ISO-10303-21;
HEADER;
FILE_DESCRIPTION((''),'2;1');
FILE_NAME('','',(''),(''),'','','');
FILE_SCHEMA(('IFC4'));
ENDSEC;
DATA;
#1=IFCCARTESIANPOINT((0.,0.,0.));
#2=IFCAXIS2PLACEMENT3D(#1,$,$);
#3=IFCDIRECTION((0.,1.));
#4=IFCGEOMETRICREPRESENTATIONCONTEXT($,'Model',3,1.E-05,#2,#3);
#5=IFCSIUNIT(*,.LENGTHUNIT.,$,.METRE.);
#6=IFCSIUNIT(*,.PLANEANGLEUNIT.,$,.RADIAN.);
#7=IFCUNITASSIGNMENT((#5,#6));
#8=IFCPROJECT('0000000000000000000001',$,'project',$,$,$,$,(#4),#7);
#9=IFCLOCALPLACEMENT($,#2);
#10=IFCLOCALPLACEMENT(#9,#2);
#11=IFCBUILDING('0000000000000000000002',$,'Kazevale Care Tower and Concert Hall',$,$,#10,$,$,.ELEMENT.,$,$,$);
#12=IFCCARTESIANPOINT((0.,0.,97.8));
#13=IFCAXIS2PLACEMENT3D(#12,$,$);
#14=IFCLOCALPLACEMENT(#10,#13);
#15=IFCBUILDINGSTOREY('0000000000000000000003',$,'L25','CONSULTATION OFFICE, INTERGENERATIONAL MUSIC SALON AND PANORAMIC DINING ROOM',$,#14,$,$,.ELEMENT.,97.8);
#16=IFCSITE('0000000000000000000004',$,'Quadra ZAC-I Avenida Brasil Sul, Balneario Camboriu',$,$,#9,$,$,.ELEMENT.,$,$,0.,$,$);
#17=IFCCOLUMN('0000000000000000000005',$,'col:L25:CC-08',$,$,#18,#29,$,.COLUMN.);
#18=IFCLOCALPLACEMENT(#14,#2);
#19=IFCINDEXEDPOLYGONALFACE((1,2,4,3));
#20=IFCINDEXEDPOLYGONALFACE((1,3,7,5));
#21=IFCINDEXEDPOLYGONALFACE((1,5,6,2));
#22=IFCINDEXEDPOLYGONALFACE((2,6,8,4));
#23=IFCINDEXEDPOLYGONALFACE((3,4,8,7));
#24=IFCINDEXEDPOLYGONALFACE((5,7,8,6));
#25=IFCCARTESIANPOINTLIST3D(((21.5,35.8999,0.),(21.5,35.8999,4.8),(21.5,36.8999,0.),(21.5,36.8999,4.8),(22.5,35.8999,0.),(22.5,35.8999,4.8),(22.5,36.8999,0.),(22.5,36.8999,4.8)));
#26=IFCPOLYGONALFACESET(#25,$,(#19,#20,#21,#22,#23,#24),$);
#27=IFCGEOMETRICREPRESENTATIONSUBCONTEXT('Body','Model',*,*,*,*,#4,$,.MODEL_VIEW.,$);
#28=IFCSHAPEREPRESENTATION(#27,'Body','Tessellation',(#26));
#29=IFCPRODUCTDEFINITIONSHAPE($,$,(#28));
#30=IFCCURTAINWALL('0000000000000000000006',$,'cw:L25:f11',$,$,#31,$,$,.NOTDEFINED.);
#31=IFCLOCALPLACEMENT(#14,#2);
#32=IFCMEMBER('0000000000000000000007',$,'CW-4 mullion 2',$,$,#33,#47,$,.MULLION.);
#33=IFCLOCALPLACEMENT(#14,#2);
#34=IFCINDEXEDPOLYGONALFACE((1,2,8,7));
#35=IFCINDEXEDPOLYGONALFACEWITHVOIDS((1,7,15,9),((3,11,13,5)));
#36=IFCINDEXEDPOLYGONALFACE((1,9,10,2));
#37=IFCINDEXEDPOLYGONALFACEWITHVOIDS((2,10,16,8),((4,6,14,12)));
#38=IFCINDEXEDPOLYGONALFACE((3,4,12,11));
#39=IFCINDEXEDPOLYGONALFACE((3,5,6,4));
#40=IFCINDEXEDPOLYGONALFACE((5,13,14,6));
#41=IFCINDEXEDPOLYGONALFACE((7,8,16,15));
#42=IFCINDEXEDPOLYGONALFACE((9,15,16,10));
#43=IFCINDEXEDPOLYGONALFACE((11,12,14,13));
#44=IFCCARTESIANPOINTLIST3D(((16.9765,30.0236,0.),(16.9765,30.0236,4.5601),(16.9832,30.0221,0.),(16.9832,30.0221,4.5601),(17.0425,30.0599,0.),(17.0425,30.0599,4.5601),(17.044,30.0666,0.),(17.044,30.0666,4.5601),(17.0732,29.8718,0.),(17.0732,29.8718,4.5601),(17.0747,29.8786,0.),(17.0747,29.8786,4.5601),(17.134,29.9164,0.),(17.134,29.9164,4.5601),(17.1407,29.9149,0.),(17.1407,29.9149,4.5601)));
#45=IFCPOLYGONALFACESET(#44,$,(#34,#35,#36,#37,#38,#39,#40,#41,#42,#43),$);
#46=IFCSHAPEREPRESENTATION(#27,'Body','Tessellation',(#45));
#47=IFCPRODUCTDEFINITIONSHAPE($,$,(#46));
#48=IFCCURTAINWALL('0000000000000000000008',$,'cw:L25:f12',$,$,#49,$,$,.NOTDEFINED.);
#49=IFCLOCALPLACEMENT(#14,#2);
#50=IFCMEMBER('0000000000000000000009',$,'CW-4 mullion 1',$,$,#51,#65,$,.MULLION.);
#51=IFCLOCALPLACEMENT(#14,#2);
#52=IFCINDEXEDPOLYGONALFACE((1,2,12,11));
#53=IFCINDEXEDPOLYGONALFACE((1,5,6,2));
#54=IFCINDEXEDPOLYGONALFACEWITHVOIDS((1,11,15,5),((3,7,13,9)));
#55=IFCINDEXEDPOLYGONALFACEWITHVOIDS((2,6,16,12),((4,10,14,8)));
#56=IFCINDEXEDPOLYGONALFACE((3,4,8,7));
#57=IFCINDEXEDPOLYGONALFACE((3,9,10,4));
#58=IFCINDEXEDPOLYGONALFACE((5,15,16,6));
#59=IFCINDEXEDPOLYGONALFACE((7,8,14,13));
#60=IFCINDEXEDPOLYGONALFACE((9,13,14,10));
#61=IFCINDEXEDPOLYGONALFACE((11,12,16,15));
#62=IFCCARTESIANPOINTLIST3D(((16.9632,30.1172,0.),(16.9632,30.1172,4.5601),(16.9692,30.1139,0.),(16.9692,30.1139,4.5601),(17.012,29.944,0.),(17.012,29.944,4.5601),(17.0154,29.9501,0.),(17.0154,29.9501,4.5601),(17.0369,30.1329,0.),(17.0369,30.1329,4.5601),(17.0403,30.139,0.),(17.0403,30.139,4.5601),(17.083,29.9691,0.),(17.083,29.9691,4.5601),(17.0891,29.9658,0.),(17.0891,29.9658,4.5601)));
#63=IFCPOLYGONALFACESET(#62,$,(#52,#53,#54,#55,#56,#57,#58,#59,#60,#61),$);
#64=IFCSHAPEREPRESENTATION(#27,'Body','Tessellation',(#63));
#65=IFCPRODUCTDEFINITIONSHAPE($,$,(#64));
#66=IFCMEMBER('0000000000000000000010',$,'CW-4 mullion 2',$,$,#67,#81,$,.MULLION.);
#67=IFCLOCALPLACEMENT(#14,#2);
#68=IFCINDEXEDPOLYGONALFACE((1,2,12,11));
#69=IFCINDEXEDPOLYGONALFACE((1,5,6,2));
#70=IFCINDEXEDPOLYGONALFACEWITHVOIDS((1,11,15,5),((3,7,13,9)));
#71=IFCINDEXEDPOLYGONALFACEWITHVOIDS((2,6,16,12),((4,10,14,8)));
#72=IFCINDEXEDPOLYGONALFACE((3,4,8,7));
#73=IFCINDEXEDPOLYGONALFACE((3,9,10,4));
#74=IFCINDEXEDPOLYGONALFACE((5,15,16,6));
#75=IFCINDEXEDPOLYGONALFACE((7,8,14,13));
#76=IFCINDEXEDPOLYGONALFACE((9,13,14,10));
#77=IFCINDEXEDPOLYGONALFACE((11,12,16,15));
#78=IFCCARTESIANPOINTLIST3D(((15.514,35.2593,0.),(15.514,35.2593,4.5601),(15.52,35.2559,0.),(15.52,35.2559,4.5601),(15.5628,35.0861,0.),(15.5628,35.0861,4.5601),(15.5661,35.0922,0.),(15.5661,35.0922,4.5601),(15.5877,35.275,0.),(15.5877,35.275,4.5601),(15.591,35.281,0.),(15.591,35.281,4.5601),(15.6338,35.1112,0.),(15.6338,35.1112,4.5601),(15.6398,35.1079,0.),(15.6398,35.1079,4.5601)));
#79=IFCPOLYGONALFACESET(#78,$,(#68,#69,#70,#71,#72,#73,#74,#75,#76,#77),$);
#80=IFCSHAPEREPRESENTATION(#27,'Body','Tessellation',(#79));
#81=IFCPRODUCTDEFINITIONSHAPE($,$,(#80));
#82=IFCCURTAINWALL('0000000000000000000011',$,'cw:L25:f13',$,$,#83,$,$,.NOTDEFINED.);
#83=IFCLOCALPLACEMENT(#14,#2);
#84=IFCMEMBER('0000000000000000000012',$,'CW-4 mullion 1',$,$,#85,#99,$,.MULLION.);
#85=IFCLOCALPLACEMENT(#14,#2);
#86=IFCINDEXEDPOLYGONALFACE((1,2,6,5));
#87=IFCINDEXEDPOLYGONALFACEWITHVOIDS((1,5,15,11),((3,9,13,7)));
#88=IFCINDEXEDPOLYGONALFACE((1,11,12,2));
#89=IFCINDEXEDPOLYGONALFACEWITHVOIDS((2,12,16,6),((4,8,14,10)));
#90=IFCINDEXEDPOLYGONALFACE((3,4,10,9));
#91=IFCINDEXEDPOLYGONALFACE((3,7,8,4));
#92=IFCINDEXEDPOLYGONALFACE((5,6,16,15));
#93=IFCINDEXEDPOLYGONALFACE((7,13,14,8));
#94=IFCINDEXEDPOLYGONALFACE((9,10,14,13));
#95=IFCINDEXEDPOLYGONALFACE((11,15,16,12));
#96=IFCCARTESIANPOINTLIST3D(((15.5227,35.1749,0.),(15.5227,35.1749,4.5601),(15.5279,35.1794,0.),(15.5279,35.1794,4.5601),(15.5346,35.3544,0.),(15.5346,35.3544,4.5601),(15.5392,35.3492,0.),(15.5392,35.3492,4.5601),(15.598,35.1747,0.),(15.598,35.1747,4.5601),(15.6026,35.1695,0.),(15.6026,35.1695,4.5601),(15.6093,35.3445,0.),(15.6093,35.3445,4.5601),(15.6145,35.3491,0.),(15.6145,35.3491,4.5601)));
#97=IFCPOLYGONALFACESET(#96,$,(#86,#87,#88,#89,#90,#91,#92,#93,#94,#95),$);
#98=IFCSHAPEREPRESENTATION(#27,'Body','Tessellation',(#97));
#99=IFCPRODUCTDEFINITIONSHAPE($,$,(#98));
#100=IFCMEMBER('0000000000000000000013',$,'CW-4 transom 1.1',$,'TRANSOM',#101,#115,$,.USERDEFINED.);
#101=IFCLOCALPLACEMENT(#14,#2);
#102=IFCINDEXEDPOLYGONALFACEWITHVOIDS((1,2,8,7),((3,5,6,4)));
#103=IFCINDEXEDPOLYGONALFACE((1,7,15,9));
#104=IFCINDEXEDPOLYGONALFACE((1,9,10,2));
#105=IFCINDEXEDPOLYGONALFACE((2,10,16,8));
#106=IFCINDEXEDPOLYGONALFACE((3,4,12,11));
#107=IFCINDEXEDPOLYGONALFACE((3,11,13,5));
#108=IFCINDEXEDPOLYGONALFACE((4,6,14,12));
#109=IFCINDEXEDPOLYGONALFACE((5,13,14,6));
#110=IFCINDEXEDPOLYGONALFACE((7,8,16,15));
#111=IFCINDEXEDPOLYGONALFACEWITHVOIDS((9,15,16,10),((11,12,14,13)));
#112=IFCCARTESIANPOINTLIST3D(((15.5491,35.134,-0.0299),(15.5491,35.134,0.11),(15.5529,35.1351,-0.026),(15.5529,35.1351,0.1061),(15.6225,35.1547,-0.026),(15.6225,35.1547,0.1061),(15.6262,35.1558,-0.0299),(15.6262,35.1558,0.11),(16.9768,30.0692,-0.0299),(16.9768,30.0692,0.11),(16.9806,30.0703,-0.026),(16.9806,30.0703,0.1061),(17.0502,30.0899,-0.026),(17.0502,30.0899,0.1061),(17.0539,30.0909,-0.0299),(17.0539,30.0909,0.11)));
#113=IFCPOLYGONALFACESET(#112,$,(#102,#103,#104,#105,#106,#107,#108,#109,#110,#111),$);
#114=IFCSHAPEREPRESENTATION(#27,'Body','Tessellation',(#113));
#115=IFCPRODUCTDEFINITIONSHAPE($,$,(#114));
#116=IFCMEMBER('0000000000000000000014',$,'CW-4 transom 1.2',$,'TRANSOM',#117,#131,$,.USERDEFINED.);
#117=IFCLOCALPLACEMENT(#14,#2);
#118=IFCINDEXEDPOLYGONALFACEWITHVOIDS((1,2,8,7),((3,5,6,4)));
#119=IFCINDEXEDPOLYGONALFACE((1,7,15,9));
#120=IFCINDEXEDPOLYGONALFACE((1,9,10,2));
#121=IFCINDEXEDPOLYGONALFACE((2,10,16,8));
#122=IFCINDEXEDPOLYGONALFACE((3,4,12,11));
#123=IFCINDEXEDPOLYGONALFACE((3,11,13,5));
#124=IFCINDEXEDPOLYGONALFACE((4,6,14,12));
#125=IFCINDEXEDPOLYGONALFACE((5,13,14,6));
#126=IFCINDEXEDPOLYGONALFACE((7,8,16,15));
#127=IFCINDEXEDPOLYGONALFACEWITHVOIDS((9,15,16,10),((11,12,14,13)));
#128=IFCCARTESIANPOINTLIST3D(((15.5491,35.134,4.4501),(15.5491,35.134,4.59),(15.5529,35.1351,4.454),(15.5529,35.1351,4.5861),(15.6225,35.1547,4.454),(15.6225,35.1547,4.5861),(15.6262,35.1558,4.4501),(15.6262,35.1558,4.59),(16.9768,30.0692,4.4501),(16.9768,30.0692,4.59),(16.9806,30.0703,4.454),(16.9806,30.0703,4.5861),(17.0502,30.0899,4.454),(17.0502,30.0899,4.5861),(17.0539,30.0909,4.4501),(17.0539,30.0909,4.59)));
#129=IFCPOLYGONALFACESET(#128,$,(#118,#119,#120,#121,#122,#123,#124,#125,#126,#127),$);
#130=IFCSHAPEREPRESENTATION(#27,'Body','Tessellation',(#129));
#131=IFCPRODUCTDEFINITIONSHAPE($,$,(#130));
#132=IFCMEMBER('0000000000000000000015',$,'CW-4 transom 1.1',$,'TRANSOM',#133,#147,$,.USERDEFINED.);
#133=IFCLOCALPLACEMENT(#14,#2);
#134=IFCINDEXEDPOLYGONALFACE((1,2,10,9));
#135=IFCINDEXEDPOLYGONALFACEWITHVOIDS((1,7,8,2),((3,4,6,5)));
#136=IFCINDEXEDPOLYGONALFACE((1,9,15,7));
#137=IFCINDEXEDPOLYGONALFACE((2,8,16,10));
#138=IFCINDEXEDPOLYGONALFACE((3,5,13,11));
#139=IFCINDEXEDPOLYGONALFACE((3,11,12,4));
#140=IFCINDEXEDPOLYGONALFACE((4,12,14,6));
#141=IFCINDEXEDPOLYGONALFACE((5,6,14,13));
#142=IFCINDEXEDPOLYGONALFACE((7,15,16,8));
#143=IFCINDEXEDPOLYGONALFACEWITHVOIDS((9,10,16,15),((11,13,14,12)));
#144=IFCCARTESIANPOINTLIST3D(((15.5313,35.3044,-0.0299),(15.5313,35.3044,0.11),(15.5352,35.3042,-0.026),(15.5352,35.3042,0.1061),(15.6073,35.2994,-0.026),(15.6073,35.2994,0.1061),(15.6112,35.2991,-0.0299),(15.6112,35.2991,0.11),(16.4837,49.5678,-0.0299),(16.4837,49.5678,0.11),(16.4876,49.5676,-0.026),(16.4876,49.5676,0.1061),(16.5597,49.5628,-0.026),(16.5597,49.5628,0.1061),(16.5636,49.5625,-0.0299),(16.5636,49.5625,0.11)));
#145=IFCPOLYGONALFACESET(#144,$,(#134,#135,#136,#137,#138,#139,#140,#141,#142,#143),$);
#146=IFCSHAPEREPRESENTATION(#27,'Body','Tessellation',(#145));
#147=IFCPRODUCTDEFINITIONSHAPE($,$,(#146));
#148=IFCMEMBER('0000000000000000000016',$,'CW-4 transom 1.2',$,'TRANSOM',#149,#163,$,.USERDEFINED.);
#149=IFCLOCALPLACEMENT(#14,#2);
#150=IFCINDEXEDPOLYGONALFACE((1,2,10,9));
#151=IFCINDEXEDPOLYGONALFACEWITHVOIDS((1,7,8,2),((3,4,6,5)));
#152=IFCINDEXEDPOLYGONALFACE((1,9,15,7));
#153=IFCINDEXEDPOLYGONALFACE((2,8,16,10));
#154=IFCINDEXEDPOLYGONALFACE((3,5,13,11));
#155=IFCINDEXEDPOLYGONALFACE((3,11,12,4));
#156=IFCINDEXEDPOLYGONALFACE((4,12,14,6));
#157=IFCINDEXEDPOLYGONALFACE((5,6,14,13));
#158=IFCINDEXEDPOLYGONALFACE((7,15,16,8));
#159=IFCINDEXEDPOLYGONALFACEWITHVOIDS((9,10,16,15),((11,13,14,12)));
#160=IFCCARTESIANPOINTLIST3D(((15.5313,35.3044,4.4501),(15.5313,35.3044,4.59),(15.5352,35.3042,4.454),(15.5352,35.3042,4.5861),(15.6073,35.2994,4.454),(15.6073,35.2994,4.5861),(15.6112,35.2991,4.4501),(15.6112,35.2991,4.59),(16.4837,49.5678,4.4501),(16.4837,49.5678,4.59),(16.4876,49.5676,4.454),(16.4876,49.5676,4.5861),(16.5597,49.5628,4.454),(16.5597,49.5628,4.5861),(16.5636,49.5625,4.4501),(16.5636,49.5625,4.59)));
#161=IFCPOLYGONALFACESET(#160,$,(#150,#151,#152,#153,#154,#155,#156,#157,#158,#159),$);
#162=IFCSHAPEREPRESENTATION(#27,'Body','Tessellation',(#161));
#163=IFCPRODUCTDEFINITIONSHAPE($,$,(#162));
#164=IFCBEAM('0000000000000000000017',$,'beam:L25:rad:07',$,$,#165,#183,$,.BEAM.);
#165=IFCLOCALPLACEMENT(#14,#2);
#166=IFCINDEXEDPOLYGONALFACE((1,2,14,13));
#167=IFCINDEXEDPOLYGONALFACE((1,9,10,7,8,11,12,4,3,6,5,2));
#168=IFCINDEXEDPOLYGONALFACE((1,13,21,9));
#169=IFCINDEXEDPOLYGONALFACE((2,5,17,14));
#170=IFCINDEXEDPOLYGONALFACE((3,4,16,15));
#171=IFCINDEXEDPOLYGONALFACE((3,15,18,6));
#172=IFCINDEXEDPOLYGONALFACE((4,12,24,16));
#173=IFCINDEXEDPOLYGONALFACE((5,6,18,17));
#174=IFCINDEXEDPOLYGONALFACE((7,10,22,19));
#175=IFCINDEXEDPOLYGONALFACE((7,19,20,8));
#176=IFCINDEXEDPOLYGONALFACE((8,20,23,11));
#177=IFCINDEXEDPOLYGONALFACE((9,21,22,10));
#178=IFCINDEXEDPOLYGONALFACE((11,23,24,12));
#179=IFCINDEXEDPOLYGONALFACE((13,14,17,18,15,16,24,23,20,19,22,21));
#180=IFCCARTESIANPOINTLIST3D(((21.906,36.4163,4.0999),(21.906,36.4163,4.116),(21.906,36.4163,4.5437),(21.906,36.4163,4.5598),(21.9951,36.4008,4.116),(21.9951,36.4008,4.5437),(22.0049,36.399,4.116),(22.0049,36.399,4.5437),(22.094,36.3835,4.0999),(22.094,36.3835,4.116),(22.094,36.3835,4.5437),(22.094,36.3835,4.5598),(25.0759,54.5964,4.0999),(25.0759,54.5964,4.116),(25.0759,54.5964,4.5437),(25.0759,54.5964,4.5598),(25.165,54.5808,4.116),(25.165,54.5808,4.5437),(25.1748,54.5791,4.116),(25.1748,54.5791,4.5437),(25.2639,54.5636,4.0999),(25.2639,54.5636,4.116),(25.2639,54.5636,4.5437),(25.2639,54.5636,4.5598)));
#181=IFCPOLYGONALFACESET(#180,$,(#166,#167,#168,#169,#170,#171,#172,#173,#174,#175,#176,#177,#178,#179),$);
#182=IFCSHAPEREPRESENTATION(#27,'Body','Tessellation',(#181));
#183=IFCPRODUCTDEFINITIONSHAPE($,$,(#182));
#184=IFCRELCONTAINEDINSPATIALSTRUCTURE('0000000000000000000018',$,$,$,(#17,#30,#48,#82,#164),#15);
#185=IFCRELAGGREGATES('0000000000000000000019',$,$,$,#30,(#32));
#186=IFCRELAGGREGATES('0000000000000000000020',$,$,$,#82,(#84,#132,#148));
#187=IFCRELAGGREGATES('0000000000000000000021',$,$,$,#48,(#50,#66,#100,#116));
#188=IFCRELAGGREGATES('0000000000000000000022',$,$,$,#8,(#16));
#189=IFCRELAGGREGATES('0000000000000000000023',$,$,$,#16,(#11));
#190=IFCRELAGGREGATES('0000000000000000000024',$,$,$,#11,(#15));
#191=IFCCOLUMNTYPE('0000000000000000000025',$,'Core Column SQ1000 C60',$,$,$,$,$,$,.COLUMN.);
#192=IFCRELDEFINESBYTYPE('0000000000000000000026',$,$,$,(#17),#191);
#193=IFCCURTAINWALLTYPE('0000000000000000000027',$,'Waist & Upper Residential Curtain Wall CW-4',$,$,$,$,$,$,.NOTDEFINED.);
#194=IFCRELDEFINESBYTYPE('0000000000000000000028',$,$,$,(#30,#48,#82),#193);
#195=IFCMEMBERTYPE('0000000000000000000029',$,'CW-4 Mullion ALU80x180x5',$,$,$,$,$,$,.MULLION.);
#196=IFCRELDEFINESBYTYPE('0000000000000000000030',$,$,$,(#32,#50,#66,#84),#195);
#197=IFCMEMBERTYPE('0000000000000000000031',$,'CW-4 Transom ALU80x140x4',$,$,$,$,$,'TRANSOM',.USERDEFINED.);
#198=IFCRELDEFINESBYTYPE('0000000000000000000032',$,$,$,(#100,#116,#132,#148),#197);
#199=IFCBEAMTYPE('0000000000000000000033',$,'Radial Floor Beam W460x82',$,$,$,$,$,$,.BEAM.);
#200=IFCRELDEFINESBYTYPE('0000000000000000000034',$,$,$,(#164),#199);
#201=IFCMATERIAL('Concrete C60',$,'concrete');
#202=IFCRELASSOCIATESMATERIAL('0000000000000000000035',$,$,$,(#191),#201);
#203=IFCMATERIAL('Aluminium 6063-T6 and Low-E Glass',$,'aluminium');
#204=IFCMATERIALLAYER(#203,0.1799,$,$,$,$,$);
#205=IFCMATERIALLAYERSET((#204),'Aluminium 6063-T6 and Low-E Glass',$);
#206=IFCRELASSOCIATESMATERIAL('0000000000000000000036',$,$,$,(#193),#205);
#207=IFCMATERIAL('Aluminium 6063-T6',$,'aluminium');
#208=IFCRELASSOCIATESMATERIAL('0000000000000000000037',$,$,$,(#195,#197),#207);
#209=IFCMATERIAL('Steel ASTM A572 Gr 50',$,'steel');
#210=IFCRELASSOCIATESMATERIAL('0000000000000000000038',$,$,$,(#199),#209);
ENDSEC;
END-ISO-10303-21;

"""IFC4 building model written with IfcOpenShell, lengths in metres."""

from ifc_helpers import new_model, si_unit, direction, frame, origin, origin_2d, place, context, subcontext, project, spatial, rectangle, hollow_rectangle, i_section, extrude, material, layer, layer_set, material_profile, profile_set, type_object, element, aggregate, save


model = new_model("IFC4")

# Units and contexts
model_context = context("Model", 3, precision=1e-05, world=origin(), true_north=direction((0.0, 1.0)))
body_context = subcontext(model_context, "Body", "Model", "MODEL_VIEW")
ifc_project = project(units=[si_unit("LENGTHUNIT", "METRE"), si_unit("PLANEANGLEUNIT", "RADIAN")], contexts=[model_context])

# Site, building, storey
site_placement = place(None, origin())
site = spatial("IfcSite", under=ifc_project, at=site_placement, Name="Quadra ZAC-I Avenida Brasil Sul, Balneario Camboriu", CompositionType="ELEMENT", RefElevation=0.0)
building_placement = place(site_placement, origin())
building = spatial("IfcBuilding", under=site, at=building_placement, Name="Kazevale Care Tower and Concert Hall", CompositionType="ELEMENT")
storey_placement = place(building_placement, frame((0.0, 0.0, 97.8)))
storey = spatial("IfcBuildingStorey", under=building, at=storey_placement, Name="L25", Description="CONSULTATION OFFICE, INTERGENERATIONAL MUSIC SALON AND PANORAMIC DINING ROOM", CompositionType="ELEMENT", Elevation=97.8)

# Column
ifc_material_1 = material(Name="Concrete C60", Category="concrete")
ifc_material_profile_1 = material_profile(ifc_material_1, rectangle(XDim=1.0, YDim=1.0, at=origin_2d()), Name="RC-SQ1000")
ifc_profile_set_1 = profile_set([ifc_material_profile_1], Name="Concrete C60")
column_type = type_object("IfcColumnType", Name="Core Column SQ1000 C60", PredefinedType="COLUMN", material=ifc_profile_set_1)
column_placement = place(storey_placement, frame((22.0, 36.3999, 0.0), z_axis=(0.0, 0.0, 1.0), x_axis=(1.0, 0.0, 0.0)))
element("IfcColumn", 1, at=column_placement, inside=storey, type_object=column_type, Name="col:L25:CC-08", PredefinedType="COLUMN", context=body_context, shape_type="SweptSolid", body=[
    extrude(rectangle(XDim=1.0, YDim=1.0, at=origin_2d()), origin(), (0.0, 0.0, 1.0), 4.8),
])

# Curtain wall, member
ifc_material_2 = material(Name="Aluminium 6063-T6 and Low-E Glass", Category="aluminium")
ifc_layer_1 = layer(ifc_material_2, 0.1799)
ifc_layer_set_1 = layer_set([ifc_layer_1], Name="Aluminium 6063-T6 and Low-E Glass")
curtain_wall_type = type_object("IfcCurtainWallType", Name="Waist & Upper Residential Curtain Wall CW-4", PredefinedType="NOTDEFINED", material=ifc_layer_set_1)
curtain_wall_1_placement = place(storey_placement, origin())
curtain_wall_1 = element("IfcCurtainWall", 2, at=curtain_wall_1_placement, inside=storey, type_object=curtain_wall_type, Name="cw:L25:f11", PredefinedType="NOTDEFINED")
ifc_material_3 = material(Name="Aluminium 6063-T6", Category="aluminium")
ifc_material_profile_2 = material_profile(ifc_material_3, hollow_rectangle(XDim=0.0801, YDim=0.1799, WallThickness=0.0049, at=origin_2d()), Name="ALU80x180x5")
ifc_profile_set_2 = profile_set([ifc_material_profile_2], Name="Aluminium 6063-T6")
member_type_1 = type_object("IfcMemberType", Name="CW-4 Mullion ALU80x180x5", PredefinedType="MULLION", material=ifc_profile_set_2)
member_1_placement = place(storey_placement, frame((17.0586, 29.9692, 0.0), z_axis=(0.0, 0.0, 1.0), x_axis=(-0.84343, -0.537239, 0.0)))
member_1 = element("IfcMember", 3, at=member_1_placement, type_object=member_type_1, Name="CW-4 mullion 2", PredefinedType="MULLION", context=body_context, shape_type="SweptSolid", body=[
    extrude(hollow_rectangle(XDim=0.0801, YDim=0.1799, WallThickness=0.0049, at=origin_2d()), origin(), (0.0, 0.0, 1.0), 4.5601),
])
aggregate(curtain_wall_1, [member_1])

# Curtain wall, members
curtain_wall_2_placement = place(storey_placement, origin())
curtain_wall_2 = element("IfcCurtainWall", 4, at=curtain_wall_2_placement, inside=storey, type_object=curtain_wall_type, Name="cw:L25:f12", PredefinedType="NOTDEFINED")
member_2_placement = place(storey_placement, frame((17.0261, 30.0415, 0.0), z_axis=(0.0, 0.0, 1.0), x_axis=(-0.962499, -0.271285, 0.0)))
member_2 = element("IfcMember", 5, at=member_2_placement, type_object=member_type_1, Name="CW-4 mullion 1", PredefinedType="MULLION", context=body_context, shape_type="SweptSolid", body=[
    extrude(hollow_rectangle(XDim=0.0801, YDim=0.1799, WallThickness=0.0049, at=origin_2d()), origin(), (0.0, 0.0, 1.0), 4.5601),
])
member_3_placement = place(storey_placement, frame((15.5769, 35.1836, 0.0), z_axis=(0.0, 0.0, 1.0), x_axis=(-0.962499, -0.271285, 0.0)))
member_3 = element("IfcMember", 6, at=member_3_placement, type_object=member_type_1, Name="CW-4 mullion 2", PredefinedType="MULLION", context=body_context, shape_type="SweptSolid", body=[
    extrude(hollow_rectangle(XDim=0.0801, YDim=0.1799, WallThickness=0.0049, at=origin_2d()), origin(), (0.0, 0.0, 1.0), 4.5601),
])

# Curtain wall, member
curtain_wall_3_placement = place(storey_placement, origin())
curtain_wall_3 = element("IfcCurtainWall", 7, at=curtain_wall_3_placement, inside=storey, type_object=curtain_wall_type, Name="cw:L25:f13", PredefinedType="NOTDEFINED")
member_4_placement = place(storey_placement, frame((15.5686, 35.262, 0.0), z_axis=(0.0, 0.0, 1.0), x_axis=(-0.997778, 0.06662, 0.0)))
member_4 = element("IfcMember", 8, at=member_4_placement, type_object=member_type_1, Name="CW-4 mullion 1", PredefinedType="MULLION", context=body_context, shape_type="SweptSolid", body=[
    extrude(hollow_rectangle(XDim=0.0801, YDim=0.1799, WallThickness=0.0049, at=origin_2d()), origin(), (0.0, 0.0, 1.0), 4.5601),
])

# Members
ifc_material_profile_3 = material_profile(ifc_material_3, hollow_rectangle(XDim=0.0801, YDim=0.1399, WallThickness=0.0039, at=origin_2d()), Name="ALU80x140x4")
ifc_profile_set_3 = profile_set([ifc_material_profile_3], Name="Aluminium 6063-T6")
member_type_2 = type_object("IfcMemberType", Name="CW-4 Transom ALU80x140x4", ElementType="TRANSOM", PredefinedType="USERDEFINED", material=ifc_profile_set_3)
member_5_placement = place(storey_placement, frame((17.0154, 30.0801, 0.04), z_axis=(-0.271313, 0.962491, 0.0), x_axis=(-0.962491, -0.271313, 0.0)))
member_5 = element("IfcMember", 9, at=member_5_placement, type_object=member_type_2, Name="CW-4 transom 1.1", ObjectType="TRANSOM", PredefinedType="USERDEFINED", context=body_context, shape_type="SweptSolid", body=[
    extrude(hollow_rectangle(XDim=0.0801, YDim=0.1399, WallThickness=0.0039, at=origin_2d()), origin(), (0.0, 0.0, 1.0), 5.2622),
])
member_6_placement = place(storey_placement, frame((17.0154, 30.0801, 4.52), z_axis=(-0.271313, 0.962491, 0.0), x_axis=(-0.962491, -0.271313, 0.0)))
member_6 = element("IfcMember", 10, at=member_6_placement, type_object=member_type_2, Name="CW-4 transom 1.2", ObjectType="TRANSOM", PredefinedType="USERDEFINED", context=body_context, shape_type="SweptSolid", body=[
    extrude(hollow_rectangle(XDim=0.0801, YDim=0.1399, WallThickness=0.0039, at=origin_2d()), origin(), (0.0, 0.0, 1.0), 5.2622),
])
member_7_placement = place(storey_placement, frame((15.5713, 35.3018, 0.04), z_axis=(0.066623, 0.997778, 0.0), x_axis=(-0.997778, 0.066623, 0.0)))
member_7 = element("IfcMember", 11, at=member_7_placement, type_object=member_type_2, Name="CW-4 transom 1.1", ObjectType="TRANSOM", PredefinedType="USERDEFINED", context=body_context, shape_type="SweptSolid", body=[
    extrude(hollow_rectangle(XDim=0.0801, YDim=0.1399, WallThickness=0.0039, at=origin_2d()), origin(), (0.0, 0.0, 1.0), 14.2952),
])
member_8_placement = place(storey_placement, frame((15.5713, 35.3018, 4.52), z_axis=(0.066623, 0.997778, 0.0), x_axis=(-0.997778, 0.066623, 0.0)))
member_8 = element("IfcMember", 12, at=member_8_placement, type_object=member_type_2, Name="CW-4 transom 1.2", ObjectType="TRANSOM", PredefinedType="USERDEFINED", context=body_context, shape_type="SweptSolid", body=[
    extrude(hollow_rectangle(XDim=0.0801, YDim=0.1399, WallThickness=0.0039, at=origin_2d()), origin(), (0.0, 0.0, 1.0), 14.2952),
])
aggregate(curtain_wall_3, [member_4, member_7, member_8])

# Beam
ifc_material_4 = material(Name="Steel ASTM A572 Gr 50", Category="steel")
ifc_material_profile_4 = material_profile(ifc_material_4, i_section(OverallWidth=0.1909, OverallDepth=0.46, WebThickness=0.01, FlangeThickness=0.0161, at=origin_2d()), Name="W460x82")
ifc_profile_set_4 = profile_set([ifc_material_profile_4], Name="Steel ASTM A572 Gr 50")
beam_type = type_object("IfcBeamType", Name="Radial Floor Beam W460x82", PredefinedType="BEAM", material=ifc_profile_set_4)
beam_1_placement = place(storey_placement, frame((22.0, 36.3999, 4.3298), z_axis=(0.17177, 0.985137, 0.0), x_axis=(-0.985137, 0.17177, 0.0)))
element("IfcBeam", 13, at=beam_1_placement, inside=storey, type_object=beam_type, Name="beam:L25:rad:07", PredefinedType="BEAM", context=body_context, shape_type="SweptSolid", body=[
    extrude(i_section(OverallWidth=0.1909, OverallDepth=0.46, WebThickness=0.01, FlangeThickness=0.0161, at=origin_2d()), origin(), (0.0, 0.0, 1.0), 18.4543),
])

aggregate(curtain_wall_2, [member_2, member_3, member_5, member_6])

save(model, "model.ifc")
